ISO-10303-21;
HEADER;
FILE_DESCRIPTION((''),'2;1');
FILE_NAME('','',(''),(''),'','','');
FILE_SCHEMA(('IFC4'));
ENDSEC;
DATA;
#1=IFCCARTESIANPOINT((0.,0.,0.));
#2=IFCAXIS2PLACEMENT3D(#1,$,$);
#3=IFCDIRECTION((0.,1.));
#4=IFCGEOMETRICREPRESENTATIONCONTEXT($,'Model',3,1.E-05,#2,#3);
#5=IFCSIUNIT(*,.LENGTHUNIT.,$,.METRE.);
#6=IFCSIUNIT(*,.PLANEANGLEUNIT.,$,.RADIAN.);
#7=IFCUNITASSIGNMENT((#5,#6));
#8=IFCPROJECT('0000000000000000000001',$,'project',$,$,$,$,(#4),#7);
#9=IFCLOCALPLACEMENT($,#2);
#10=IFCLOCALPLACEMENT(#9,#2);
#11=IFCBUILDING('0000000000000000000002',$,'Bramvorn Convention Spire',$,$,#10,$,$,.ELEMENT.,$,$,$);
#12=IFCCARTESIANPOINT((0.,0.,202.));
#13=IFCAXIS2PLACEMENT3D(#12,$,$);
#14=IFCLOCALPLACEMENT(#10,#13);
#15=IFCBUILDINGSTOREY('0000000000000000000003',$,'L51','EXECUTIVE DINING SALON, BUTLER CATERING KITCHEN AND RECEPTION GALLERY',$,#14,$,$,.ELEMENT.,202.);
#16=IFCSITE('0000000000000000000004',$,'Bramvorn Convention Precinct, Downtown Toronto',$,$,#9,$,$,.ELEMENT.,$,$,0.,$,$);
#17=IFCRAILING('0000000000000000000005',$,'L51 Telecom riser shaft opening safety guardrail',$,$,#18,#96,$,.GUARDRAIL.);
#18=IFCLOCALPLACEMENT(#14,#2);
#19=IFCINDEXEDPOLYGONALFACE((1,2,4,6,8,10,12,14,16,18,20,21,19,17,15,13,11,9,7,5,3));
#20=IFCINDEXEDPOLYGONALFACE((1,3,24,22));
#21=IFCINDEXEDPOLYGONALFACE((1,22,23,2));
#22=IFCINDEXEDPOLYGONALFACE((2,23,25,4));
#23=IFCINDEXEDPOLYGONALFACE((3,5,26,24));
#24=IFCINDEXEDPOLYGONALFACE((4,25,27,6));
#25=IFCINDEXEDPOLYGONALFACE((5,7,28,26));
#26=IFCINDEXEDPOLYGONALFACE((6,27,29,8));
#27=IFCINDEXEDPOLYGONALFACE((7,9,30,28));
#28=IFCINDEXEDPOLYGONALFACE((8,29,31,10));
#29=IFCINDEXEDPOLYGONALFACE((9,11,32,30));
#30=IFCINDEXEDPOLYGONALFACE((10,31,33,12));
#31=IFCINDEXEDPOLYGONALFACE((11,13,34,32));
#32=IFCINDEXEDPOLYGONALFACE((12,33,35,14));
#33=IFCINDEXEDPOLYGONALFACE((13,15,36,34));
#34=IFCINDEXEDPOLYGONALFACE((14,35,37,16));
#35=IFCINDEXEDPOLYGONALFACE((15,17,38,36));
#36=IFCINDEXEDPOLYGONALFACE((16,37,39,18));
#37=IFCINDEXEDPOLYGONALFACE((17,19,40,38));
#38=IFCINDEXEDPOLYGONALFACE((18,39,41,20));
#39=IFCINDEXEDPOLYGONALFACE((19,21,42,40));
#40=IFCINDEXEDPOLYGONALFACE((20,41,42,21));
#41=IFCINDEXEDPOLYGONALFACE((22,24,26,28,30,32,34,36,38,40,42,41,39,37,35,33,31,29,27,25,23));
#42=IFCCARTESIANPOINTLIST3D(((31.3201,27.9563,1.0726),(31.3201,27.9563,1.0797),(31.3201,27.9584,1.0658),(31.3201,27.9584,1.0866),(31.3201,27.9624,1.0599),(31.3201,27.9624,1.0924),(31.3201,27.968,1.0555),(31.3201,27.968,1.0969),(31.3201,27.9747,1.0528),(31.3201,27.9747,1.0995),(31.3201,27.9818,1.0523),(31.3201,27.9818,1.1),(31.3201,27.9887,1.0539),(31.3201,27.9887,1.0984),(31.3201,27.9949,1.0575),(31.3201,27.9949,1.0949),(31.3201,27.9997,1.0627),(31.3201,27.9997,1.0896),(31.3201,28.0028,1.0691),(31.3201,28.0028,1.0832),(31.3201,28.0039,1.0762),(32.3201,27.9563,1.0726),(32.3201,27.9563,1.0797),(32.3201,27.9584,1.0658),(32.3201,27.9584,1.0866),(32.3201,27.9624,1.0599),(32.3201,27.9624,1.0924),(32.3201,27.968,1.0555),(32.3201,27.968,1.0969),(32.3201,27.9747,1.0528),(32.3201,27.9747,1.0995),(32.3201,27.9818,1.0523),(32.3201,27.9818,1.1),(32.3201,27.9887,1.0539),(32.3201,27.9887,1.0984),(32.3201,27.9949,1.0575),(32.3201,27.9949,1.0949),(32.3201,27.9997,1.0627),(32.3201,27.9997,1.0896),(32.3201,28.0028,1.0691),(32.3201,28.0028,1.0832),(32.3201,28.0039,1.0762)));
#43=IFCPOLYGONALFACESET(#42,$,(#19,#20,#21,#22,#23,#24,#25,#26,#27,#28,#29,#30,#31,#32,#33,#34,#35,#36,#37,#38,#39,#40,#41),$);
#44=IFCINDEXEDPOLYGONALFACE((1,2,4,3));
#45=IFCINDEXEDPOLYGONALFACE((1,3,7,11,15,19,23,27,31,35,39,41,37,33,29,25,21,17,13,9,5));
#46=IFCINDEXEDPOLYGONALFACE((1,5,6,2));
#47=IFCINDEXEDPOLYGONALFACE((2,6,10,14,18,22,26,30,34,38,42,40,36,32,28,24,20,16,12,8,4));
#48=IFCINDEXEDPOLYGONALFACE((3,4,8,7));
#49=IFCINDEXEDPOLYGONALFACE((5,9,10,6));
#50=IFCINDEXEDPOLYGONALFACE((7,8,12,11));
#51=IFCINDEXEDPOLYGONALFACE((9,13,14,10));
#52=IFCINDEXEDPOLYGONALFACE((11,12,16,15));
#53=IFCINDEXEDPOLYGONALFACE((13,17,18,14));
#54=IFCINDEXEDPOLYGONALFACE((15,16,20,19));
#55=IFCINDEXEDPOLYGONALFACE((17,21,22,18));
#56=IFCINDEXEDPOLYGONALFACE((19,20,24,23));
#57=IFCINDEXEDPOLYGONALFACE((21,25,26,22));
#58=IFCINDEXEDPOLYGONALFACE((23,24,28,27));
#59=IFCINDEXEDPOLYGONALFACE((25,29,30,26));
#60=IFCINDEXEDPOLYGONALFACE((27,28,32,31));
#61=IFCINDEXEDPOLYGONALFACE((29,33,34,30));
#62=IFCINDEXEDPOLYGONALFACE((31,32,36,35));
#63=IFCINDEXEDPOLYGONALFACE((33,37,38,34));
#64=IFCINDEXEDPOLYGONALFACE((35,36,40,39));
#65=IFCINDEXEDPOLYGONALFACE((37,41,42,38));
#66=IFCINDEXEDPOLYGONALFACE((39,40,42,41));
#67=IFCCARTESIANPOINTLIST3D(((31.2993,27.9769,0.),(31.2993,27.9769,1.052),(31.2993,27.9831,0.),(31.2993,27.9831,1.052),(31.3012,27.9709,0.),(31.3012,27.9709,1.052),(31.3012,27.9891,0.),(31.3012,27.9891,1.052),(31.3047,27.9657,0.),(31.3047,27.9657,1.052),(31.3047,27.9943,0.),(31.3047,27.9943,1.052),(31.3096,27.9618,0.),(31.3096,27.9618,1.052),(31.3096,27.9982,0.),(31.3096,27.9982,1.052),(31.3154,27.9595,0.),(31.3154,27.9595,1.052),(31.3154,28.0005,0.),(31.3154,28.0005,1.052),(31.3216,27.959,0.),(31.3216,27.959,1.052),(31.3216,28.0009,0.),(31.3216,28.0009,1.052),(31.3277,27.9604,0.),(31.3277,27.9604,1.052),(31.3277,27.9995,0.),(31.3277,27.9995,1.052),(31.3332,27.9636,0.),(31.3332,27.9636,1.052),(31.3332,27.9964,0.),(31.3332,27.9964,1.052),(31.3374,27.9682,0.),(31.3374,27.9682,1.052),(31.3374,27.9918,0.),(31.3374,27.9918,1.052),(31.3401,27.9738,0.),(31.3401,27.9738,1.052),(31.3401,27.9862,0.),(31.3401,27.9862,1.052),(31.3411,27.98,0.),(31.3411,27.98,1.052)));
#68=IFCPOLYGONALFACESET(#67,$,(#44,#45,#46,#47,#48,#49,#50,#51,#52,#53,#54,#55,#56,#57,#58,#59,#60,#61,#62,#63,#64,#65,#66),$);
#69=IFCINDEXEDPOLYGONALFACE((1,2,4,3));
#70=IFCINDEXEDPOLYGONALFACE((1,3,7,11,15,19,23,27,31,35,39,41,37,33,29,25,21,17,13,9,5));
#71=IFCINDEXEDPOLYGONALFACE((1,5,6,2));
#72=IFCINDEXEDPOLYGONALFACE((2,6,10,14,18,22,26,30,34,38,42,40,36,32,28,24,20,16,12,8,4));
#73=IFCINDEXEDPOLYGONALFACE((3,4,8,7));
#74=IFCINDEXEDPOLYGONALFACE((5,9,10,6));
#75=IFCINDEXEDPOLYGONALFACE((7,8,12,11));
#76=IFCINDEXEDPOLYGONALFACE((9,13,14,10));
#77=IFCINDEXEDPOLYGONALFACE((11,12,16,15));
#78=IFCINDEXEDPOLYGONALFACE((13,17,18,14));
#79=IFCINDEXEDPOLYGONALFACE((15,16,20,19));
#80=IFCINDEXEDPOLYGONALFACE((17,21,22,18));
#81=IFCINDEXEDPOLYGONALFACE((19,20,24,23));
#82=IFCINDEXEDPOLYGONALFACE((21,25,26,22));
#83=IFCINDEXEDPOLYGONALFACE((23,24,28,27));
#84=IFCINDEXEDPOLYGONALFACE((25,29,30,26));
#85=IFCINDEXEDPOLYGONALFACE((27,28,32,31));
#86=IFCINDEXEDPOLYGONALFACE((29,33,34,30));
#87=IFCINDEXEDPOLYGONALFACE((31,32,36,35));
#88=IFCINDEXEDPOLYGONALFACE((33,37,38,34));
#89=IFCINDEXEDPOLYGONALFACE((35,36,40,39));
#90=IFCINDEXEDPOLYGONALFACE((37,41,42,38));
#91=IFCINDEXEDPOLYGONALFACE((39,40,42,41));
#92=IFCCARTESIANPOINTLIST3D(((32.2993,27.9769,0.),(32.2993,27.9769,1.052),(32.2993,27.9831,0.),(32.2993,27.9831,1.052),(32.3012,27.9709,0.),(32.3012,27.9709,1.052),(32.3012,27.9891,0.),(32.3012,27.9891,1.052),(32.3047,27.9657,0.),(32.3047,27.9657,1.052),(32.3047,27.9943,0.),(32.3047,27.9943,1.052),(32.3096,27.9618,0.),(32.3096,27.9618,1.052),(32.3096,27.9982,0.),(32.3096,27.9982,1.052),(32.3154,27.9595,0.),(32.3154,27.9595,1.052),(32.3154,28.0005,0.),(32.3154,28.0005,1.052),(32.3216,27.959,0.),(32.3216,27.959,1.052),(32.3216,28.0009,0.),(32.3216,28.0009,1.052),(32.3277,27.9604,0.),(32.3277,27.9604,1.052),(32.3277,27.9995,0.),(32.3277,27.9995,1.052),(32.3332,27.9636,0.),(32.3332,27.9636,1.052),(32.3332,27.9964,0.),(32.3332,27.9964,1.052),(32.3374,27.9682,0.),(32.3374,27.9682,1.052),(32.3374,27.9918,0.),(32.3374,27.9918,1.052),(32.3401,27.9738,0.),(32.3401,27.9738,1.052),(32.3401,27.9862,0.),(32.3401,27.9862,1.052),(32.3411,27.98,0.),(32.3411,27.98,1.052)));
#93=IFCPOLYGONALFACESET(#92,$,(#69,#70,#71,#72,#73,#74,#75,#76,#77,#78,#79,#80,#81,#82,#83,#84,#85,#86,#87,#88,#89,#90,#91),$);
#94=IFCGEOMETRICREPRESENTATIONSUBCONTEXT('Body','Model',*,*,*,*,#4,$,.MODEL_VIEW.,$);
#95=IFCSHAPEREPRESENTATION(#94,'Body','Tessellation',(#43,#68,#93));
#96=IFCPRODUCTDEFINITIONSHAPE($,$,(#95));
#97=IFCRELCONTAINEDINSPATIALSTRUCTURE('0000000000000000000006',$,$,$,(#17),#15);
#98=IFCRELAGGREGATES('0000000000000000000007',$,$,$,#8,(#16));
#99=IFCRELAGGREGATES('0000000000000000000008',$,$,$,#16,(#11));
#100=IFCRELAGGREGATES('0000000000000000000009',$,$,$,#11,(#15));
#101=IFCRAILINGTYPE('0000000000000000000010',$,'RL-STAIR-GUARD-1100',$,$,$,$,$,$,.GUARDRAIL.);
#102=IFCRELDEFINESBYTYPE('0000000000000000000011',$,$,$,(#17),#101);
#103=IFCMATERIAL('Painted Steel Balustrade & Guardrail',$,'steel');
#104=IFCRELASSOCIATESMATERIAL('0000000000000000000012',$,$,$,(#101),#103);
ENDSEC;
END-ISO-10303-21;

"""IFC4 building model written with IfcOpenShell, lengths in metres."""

from ifc_helpers import new_model, si_unit, direction, frame, origin, origin_2d, place, context, subcontext, project, spatial, circle, extrude, material, type_object, element, save


model = new_model("IFC4")

# Units and contexts
model_context = context("Model", 3, precision=1e-05, world=origin(), true_north=direction((0.0, 1.0)))
body_context = subcontext(model_context, "Body", "Model", "MODEL_VIEW")
ifc_project = project(units=[si_unit("LENGTHUNIT", "METRE"), si_unit("PLANEANGLEUNIT", "RADIAN")], contexts=[model_context])

# Site, building, storey
site_placement = place(None, origin())
site = spatial("IfcSite", under=ifc_project, at=site_placement, Name="Bramvorn Convention Precinct, Downtown Toronto", CompositionType="ELEMENT", RefElevation=0.0)
building_placement = place(site_placement, origin())
building = spatial("IfcBuilding", under=site, at=building_placement, Name="Bramvorn Convention Spire", CompositionType="ELEMENT")
storey_placement = place(building_placement, frame((0.0, 0.0, 202.0)))
storey = spatial("IfcBuildingStorey", under=building, at=storey_placement, Name="L51", Description="EXECUTIVE DINING SALON, BUTLER CATERING KITCHEN AND RECEPTION GALLERY", CompositionType="ELEMENT", Elevation=202.0)

# Railing
ifc_material_1 = material(Name="Painted Steel Balustrade & Guardrail", Category="steel")
railing_type_1 = type_object("IfcRailingType", Name="RL-STAIR-GUARD-1100", PredefinedType="GUARDRAIL", material=ifc_material_1)
railing_1_placement = place(storey_placement, frame((31.3201, 27.98, 0.0)))
element("IfcRailing", 1, at=railing_1_placement, inside=storey, type_object=railing_type_1, Name="L51 Telecom riser shaft opening safety guardrail", PredefinedType="GUARDRAIL", context=body_context, shape_type="SweptSolid", body=[
    extrude(circle(Radius=0.0239, at=origin_2d()), frame((0.0, 0.0, 1.0762), z_axis=(1.0, 0.0, 0.0), x_axis=(0.0, 1.0, 0.0)), (0.0, 0.0, 1.0), 1.0),
    extrude(circle(Radius=0.021, at=origin_2d()), origin(), (0.0, 0.0, 1.0), 1.052),
    extrude(circle(Radius=0.021, at=origin_2d()), frame((1.0, 0.0, 0.0)), (0.0, 0.0, 1.0), 1.052),
])

save(model, "model.ifc")
